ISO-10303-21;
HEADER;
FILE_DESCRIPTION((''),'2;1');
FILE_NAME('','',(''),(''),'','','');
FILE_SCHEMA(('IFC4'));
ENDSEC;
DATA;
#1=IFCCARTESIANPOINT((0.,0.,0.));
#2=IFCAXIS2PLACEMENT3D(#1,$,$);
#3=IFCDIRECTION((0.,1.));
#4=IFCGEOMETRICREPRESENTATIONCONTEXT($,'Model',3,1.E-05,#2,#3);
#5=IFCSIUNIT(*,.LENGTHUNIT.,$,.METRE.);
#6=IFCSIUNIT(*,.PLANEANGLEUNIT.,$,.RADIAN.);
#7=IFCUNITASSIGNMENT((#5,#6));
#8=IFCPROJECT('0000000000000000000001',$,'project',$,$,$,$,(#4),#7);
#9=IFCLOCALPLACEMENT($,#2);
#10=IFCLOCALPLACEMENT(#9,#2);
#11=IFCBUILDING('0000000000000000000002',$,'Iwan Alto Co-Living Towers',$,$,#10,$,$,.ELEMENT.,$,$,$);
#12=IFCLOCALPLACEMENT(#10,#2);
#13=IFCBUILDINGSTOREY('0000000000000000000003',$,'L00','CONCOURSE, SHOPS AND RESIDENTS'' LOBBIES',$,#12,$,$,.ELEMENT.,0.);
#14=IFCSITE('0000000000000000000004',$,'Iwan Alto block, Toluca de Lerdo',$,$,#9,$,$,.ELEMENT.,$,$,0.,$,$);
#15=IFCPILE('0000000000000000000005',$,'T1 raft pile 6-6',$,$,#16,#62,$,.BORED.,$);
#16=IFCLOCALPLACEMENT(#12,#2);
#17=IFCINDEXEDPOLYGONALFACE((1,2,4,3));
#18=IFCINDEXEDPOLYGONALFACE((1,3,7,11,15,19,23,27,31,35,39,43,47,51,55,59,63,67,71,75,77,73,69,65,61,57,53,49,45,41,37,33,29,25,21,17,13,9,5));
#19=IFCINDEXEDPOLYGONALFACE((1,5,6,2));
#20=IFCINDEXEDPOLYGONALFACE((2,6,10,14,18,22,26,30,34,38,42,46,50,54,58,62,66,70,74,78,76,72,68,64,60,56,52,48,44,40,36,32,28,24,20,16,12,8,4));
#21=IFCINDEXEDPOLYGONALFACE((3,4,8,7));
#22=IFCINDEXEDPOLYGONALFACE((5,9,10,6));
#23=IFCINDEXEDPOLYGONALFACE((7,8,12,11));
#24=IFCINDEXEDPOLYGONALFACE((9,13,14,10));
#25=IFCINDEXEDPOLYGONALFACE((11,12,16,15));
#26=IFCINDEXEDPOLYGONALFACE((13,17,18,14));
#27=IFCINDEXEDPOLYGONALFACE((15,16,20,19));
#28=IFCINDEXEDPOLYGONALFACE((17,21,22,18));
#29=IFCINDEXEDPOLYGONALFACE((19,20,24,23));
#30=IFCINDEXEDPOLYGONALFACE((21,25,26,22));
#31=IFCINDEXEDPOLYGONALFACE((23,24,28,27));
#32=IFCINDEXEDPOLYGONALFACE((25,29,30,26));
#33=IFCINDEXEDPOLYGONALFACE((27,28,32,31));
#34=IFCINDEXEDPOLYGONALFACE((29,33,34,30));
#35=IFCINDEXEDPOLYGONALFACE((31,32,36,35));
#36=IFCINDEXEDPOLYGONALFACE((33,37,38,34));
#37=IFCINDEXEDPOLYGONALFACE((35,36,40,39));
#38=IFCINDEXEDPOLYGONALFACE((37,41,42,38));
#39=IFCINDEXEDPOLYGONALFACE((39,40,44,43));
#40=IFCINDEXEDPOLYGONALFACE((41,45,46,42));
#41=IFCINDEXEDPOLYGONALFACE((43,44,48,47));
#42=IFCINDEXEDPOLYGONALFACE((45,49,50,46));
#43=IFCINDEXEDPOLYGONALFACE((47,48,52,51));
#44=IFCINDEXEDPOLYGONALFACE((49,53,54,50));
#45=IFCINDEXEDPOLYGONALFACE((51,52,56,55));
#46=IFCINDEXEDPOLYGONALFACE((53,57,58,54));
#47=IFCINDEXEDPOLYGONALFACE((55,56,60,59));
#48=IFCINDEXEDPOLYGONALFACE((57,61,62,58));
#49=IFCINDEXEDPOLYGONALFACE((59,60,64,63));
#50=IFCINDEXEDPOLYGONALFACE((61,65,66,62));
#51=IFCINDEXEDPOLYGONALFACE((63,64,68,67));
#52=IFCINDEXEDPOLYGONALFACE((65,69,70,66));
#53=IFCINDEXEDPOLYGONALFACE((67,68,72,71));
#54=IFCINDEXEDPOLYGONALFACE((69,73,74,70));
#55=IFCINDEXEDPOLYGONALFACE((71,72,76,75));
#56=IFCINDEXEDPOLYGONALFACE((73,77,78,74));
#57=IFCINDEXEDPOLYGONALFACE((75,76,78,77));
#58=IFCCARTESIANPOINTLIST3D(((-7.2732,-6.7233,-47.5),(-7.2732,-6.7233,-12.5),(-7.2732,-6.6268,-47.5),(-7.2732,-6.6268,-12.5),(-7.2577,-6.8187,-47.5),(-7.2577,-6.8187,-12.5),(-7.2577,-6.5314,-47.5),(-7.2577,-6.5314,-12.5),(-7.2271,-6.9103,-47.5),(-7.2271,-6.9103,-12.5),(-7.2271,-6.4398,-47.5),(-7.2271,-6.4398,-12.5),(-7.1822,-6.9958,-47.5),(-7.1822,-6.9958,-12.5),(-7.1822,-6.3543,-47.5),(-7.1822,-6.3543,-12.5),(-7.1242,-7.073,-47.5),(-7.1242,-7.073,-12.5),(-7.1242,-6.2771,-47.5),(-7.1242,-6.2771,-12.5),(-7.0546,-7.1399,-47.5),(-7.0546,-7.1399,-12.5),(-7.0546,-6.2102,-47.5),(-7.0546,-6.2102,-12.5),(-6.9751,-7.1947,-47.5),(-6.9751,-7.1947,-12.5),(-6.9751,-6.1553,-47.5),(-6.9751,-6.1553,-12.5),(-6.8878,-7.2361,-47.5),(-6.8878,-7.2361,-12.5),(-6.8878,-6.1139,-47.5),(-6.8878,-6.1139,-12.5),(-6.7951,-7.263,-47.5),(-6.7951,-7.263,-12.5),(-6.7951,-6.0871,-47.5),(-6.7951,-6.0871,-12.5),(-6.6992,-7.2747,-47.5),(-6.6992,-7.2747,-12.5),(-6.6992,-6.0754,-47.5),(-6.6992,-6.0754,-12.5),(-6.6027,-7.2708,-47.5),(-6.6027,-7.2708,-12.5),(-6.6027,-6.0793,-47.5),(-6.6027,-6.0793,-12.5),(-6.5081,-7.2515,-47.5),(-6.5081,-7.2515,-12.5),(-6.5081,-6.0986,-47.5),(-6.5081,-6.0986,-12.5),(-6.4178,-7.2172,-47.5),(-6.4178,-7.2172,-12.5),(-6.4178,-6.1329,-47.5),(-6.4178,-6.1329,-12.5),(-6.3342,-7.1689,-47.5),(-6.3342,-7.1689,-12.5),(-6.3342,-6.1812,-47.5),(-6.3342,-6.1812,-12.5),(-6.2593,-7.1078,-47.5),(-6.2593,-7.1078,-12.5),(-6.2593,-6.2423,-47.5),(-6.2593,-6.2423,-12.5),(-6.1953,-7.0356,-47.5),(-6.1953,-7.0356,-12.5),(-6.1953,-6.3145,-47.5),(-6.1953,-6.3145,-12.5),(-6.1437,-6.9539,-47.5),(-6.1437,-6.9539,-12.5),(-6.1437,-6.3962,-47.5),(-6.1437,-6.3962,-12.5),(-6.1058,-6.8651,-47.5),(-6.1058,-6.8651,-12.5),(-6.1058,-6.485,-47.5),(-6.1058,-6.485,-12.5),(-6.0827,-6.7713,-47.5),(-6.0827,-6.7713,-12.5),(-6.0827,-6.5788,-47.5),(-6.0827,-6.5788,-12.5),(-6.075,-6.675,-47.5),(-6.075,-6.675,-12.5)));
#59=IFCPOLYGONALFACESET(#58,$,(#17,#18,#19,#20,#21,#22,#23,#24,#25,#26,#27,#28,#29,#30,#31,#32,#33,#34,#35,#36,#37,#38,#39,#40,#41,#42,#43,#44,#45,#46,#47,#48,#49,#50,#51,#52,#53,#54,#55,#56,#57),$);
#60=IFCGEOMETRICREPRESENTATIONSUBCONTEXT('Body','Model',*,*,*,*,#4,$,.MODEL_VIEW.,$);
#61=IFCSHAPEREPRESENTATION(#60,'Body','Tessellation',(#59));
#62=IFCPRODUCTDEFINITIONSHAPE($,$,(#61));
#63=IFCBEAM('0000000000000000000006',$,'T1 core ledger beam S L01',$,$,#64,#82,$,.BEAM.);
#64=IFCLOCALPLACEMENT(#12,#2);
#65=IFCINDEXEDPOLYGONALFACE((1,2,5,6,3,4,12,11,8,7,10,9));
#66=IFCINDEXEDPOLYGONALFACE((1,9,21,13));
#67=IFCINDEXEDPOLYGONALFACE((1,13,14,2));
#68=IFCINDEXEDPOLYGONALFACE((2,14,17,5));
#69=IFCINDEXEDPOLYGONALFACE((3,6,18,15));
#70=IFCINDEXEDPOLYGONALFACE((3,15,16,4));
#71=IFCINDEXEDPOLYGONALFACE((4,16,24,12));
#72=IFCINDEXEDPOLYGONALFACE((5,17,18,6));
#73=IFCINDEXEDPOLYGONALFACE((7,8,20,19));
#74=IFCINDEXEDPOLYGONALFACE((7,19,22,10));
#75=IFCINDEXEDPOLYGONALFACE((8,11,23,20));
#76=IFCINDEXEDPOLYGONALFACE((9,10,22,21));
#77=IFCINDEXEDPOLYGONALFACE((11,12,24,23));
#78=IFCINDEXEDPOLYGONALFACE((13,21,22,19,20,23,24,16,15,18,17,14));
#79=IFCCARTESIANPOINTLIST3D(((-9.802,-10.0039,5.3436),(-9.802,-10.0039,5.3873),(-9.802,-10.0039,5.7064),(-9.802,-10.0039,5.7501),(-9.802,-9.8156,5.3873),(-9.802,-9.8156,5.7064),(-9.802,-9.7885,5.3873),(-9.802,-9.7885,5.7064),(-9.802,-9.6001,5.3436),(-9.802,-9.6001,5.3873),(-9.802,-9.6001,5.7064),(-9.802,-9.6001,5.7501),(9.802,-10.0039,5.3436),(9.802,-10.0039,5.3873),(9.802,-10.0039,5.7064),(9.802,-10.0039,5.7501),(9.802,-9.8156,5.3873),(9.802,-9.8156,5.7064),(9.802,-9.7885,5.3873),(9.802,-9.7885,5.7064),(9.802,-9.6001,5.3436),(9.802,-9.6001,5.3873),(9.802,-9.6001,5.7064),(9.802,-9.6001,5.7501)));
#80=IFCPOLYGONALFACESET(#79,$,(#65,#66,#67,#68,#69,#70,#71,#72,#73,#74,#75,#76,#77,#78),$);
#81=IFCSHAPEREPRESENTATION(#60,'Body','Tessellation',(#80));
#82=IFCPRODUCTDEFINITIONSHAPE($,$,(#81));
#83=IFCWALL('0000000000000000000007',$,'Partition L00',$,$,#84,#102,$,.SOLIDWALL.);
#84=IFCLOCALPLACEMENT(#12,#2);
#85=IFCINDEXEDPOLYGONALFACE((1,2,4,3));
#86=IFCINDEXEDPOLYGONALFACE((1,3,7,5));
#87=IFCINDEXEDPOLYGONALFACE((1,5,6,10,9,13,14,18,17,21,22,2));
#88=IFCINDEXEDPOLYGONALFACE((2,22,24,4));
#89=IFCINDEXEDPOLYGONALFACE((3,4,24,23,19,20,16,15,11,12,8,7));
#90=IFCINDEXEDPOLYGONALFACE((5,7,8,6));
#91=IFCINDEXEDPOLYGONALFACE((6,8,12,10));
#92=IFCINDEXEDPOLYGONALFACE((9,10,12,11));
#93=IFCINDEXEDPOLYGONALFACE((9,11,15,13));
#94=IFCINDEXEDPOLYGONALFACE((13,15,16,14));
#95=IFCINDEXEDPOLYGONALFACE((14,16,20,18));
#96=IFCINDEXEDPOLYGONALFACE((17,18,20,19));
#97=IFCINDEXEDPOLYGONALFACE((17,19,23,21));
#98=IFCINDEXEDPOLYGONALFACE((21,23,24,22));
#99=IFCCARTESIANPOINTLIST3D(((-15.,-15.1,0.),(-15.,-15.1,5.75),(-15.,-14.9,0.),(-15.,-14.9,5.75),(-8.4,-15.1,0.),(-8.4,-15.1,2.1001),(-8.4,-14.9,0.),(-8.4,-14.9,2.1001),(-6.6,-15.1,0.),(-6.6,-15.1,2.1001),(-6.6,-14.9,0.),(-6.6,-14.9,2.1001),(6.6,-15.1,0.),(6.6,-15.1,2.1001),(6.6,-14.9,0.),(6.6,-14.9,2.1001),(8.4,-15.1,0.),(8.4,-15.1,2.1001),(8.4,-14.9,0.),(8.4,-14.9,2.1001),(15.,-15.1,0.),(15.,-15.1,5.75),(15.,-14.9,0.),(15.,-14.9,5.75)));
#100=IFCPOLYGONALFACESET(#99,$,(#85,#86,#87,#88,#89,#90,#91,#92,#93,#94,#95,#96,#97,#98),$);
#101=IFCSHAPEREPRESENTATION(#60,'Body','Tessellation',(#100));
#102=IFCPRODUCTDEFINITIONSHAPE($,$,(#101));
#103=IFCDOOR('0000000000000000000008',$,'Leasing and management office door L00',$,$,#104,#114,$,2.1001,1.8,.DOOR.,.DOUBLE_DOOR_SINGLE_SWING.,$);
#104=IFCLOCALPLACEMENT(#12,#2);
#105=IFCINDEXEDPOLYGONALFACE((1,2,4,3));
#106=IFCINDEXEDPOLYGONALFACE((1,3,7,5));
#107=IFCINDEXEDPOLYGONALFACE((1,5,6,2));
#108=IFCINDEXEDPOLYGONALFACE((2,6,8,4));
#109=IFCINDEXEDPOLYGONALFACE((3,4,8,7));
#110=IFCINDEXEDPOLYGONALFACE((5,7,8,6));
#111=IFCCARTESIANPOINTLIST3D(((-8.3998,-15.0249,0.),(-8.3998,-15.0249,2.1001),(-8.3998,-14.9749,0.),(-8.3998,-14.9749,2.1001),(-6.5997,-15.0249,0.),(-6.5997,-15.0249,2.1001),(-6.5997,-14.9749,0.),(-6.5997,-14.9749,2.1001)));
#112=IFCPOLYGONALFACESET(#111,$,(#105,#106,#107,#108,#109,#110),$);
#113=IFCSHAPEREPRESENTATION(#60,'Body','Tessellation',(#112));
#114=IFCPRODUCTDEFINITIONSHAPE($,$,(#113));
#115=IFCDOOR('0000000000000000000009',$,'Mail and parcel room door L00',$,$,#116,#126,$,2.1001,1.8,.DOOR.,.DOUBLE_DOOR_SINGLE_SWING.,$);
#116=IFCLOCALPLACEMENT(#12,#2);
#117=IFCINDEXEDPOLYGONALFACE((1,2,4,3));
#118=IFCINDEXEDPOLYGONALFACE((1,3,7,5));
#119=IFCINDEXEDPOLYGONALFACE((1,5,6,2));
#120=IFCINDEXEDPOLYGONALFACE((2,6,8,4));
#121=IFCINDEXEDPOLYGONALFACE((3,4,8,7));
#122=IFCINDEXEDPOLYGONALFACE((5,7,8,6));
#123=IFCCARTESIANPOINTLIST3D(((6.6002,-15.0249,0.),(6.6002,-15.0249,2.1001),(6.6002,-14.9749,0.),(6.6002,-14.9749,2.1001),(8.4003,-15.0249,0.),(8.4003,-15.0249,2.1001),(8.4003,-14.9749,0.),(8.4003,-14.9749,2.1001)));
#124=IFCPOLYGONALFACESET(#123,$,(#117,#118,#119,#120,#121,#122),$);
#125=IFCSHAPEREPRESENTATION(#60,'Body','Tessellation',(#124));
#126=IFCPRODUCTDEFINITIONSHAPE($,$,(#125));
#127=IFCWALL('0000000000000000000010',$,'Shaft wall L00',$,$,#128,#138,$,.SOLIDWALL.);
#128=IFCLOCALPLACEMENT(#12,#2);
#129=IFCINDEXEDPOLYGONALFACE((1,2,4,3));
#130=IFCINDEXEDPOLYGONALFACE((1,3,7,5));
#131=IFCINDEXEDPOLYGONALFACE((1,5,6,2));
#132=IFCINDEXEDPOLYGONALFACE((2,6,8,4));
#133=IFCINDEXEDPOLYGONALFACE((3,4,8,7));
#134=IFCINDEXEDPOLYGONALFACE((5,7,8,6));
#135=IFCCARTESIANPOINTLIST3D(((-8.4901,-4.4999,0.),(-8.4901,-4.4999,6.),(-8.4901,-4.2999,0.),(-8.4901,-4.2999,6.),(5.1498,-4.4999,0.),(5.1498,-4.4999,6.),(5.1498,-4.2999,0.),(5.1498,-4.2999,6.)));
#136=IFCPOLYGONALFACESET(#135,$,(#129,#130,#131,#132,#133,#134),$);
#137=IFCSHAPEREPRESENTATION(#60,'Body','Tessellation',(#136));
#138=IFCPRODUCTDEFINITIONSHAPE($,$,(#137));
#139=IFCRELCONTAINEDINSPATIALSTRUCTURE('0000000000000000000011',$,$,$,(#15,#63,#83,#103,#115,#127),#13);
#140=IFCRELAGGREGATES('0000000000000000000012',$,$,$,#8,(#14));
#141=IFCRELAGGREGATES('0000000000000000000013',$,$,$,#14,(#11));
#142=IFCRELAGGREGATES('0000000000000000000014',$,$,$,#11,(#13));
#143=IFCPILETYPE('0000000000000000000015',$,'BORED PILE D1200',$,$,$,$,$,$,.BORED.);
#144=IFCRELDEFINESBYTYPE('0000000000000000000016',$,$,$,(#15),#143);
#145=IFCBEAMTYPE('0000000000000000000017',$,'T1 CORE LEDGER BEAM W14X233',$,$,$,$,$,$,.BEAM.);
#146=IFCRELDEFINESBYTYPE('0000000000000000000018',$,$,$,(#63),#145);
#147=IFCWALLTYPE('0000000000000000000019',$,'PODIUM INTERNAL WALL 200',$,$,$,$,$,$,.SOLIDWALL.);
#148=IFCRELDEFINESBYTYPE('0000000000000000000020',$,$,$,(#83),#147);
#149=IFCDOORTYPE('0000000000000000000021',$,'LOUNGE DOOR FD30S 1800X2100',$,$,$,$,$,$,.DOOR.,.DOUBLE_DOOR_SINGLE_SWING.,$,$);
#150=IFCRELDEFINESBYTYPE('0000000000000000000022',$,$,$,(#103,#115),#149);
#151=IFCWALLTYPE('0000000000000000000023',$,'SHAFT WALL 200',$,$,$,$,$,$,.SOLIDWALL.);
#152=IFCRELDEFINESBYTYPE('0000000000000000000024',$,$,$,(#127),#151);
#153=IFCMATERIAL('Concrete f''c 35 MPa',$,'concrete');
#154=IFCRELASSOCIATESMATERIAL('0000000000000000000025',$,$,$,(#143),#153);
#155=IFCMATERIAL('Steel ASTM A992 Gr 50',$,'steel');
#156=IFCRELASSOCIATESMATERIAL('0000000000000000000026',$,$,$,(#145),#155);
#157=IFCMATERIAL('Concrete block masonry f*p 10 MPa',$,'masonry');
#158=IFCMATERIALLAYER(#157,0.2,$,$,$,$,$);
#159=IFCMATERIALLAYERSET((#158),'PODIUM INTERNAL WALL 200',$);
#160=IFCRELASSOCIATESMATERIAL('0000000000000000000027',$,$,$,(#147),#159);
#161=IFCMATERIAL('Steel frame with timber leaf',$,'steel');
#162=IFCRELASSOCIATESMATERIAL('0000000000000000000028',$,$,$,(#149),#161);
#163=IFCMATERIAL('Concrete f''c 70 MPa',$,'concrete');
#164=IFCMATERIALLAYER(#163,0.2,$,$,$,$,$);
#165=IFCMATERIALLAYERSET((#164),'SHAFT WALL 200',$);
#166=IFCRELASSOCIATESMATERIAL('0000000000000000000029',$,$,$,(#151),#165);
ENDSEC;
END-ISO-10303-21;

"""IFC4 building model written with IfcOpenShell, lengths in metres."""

from ifc_helpers import new_model, si_unit, direction, frame, frame_2d, origin, origin_2d, place, context, subcontext, project, spatial, rectangle, circle, i_section, extrude, material, layer, layer_set, material_profile, profile_set, type_object, element, fill, save


model = new_model("IFC4")

# Units and contexts
model_context = context("Model", 3, precision=1e-05, world=origin(), true_north=direction((0.0, 1.0)))
body_context = subcontext(model_context, "Body", "Model", "MODEL_VIEW")
ifc_project = project(units=[si_unit("LENGTHUNIT", "METRE"), si_unit("PLANEANGLEUNIT", "RADIAN")], contexts=[model_context])

# Site, building, storey
site_placement = place(None, origin())
site = spatial("IfcSite", under=ifc_project, at=site_placement, Name="Iwan Alto block, Toluca de Lerdo", CompositionType="ELEMENT", RefElevation=0.0)
building_placement = place(site_placement, origin())
building = spatial("IfcBuilding", under=site, at=building_placement, Name="Iwan Alto Co-Living Towers", CompositionType="ELEMENT")
storey_placement = place(building_placement, origin())
storey = spatial("IfcBuildingStorey", under=building, at=storey_placement, Name="L00", Description="CONCOURSE, SHOPS AND RESIDENTS' LOBBIES", CompositionType="ELEMENT", Elevation=0.0)

# Pile
ifc_material_1 = material(Name="Concrete f'c 35 MPa", Category="concrete")
ifc_material_profile_1 = material_profile(ifc_material_1, circle(Radius=0.6001, at=origin_2d()), Name="D1200")
ifc_profile_set_1 = profile_set([ifc_material_profile_1], Name="Concrete f'c 35 MPa")
pile_type = type_object("IfcPileType", Name="BORED PILE D1200", PredefinedType="BORED", material=ifc_profile_set_1)
for number, where, z_axis, x_axis, name in (
    (1, (-6.675, -6.675, -12.5), (0.0, 0.0, -1.0), (1.0, 0.0, 0.0), "T1 raft pile 6-6"),
):
    element("IfcPile", number, at=place(storey_placement, frame(where, z_axis=z_axis, x_axis=x_axis)), inside=storey, type_object=pile_type, Name=name, PredefinedType="BORED", context=body_context, shape_type="SweptSolid", body=[
        extrude(circle(Radius=0.6001, at=origin_2d()), origin(), (0.0, 0.0, 1.0), 35.0),
    ])

# Beam
ifc_material_2 = material(Name="Steel ASTM A992 Gr 50", Category="steel")
ifc_material_profile_2 = material_profile(ifc_material_2, i_section(OverallWidth=0.4038, OverallDepth=0.4065, WebThickness=0.0271, FlangeThickness=0.0437, at=origin_2d()), Name="W14X233")
ifc_profile_set_2 = profile_set([ifc_material_profile_2], Name="Steel ASTM A992 Gr 50")
beam_type = type_object("IfcBeamType", Name="T1 CORE LEDGER BEAM W14X233", PredefinedType="BEAM", material=ifc_profile_set_2)
beam_placement = place(storey_placement, frame((-9.802, -9.802, 5.5469), z_axis=(1.0, 0.0, 0.0), x_axis=(0.0, 1.0, 0.0)))
element("IfcBeam", 2, at=beam_placement, inside=storey, type_object=beam_type, Name="T1 core ledger beam S L01", PredefinedType="BEAM", context=body_context, shape_type="SweptSolid", body=[
    extrude(i_section(OverallWidth=0.4038, OverallDepth=0.4065, WebThickness=0.0271, FlangeThickness=0.0437, at=origin_2d()), origin(), (0.0, 0.0, 1.0), 19.604),
])

# Wall, openings, doors
ifc_material_3 = material(Name="Concrete block masonry f*p 10 MPa", Category="masonry")
ifc_layer_1 = layer(ifc_material_3, 0.2)
ifc_layer_set_1 = layer_set([ifc_layer_1], Name="PODIUM INTERNAL WALL 200")
wall_type_1 = type_object("IfcWallType", Name="PODIUM INTERNAL WALL 200", PredefinedType="SOLIDWALL", material=ifc_layer_set_1)
wall_1_placement = place(storey_placement, frame((-15.0, -15.0, 0.0), z_axis=(0.0, 0.0, 1.0), x_axis=(1.0, 0.0, 0.0)))
wall_1 = element("IfcWall", 3, at=wall_1_placement, inside=storey, type_object=wall_type_1, Name="Partition L00", PredefinedType="SOLIDWALL", context=body_context, shape_type="SweptSolid", body=[
    extrude(rectangle(XDim=30.0, YDim=0.2, at=frame_2d((15.0, 0.0))), origin(), (0.0, 0.0, 1.0), 5.75),
])
opening_1_placement = place(wall_1_placement, frame((6.6001, 0.0, 0.0)))
opening_1 = element("IfcOpeningElement", 4, at=opening_1_placement, cuts=wall_1, PredefinedType="OPENING", context=body_context, shape_type="SweptSolid", body=[
    extrude(rectangle(XDim=1.8, YDim=2.1001, at=frame_2d((0.8999, 1.05))), frame((0.0, 0.1099, 0.0), z_axis=(0.0, -1.0, 0.0), x_axis=(1.0, 0.0, 0.0)), (0.0, 0.0, 1.0), 0.22),
])
opening_2_placement = place(wall_1_placement, frame((21.6001, 0.0, 0.0)))
opening_2 = element("IfcOpeningElement", 5, at=opening_2_placement, cuts=wall_1, PredefinedType="OPENING", context=body_context, shape_type="SweptSolid", body=[
    extrude(rectangle(XDim=1.8, YDim=2.1001, at=frame_2d((0.8999, 1.05))), frame((0.0, 0.1099, 0.0), z_axis=(0.0, -1.0, 0.0), x_axis=(1.0, 0.0, 0.0)), (0.0, 0.0, 1.0), 0.22),
])
ifc_material_4 = material(Name="Steel frame with timber leaf", Category="steel")
door_type_1 = type_object("IfcDoorType", Name="LOUNGE DOOR FD30S 1800X2100", OperationType="DOUBLE_DOOR_SINGLE_SWING", PredefinedType="DOOR", material=ifc_material_4)
door_1_placement = place(opening_1_placement, frame((1.8, 0.0, 0.0), z_axis=(0.0, 0.0, 1.0), x_axis=(-1.0, 0.0, 0.0)))
door_1 = element("IfcDoor", 6, at=door_1_placement, inside=storey, type_object=door_type_1, Name="Leasing and management office door L00", OperationType="DOUBLE_DOOR_SINGLE_SWING", OverallHeight=2.1001, OverallWidth=1.8, PredefinedType="DOOR", context=body_context, shape_type="SweptSolid", body=[
    extrude(rectangle(XDim=1.8, YDim=2.1001, at=frame_2d((0.8999, 1.05))), frame((0.0, 0.0249, 0.0), z_axis=(0.0, -1.0, 0.0), x_axis=(1.0, 0.0, 0.0)), (0.0, 0.0, 1.0), 0.05),
])
fill(opening_1, door_1)
door_2_placement = place(opening_2_placement, frame((1.8, 0.0, 0.0), z_axis=(0.0, 0.0, 1.0), x_axis=(-1.0, 0.0, 0.0)))
door_2 = element("IfcDoor", 7, at=door_2_placement, inside=storey, type_object=door_type_1, Name="Mail and parcel room door L00", OperationType="DOUBLE_DOOR_SINGLE_SWING", OverallHeight=2.1001, OverallWidth=1.8, PredefinedType="DOOR", context=body_context, shape_type="SweptSolid", body=[
    extrude(rectangle(XDim=1.8, YDim=2.1001, at=frame_2d((0.8999, 1.05))), frame((0.0, 0.0249, 0.0), z_axis=(0.0, -1.0, 0.0), x_axis=(1.0, 0.0, 0.0)), (0.0, 0.0, 1.0), 0.05),
])
fill(opening_2, door_2)

# Wall
ifc_material_5 = material(Name="Concrete f'c 70 MPa", Category="concrete")
ifc_layer_2 = layer(ifc_material_5, 0.2)
ifc_layer_set_2 = layer_set([ifc_layer_2], Name="SHAFT WALL 200")
wall_type_2 = type_object("IfcWallType", Name="SHAFT WALL 200", PredefinedType="SOLIDWALL", material=ifc_layer_set_2)
wall_2_placement = place(storey_placement, frame((-8.49, -4.3999, 0.0), z_axis=(0.0, 0.0, 1.0), x_axis=(1.0, 0.0, 0.0)))
element("IfcWall", 8, at=wall_2_placement, inside=storey, type_object=wall_type_2, Name="Shaft wall L00", PredefinedType="SOLIDWALL", context=body_context, shape_type="SweptSolid", body=[
    extrude(rectangle(XDim=13.6399, YDim=0.2, at=frame_2d((6.8198, 0.0))), origin(), (0.0, 0.0, 1.0), 6.0),
])

save(model, "model.ifc")
